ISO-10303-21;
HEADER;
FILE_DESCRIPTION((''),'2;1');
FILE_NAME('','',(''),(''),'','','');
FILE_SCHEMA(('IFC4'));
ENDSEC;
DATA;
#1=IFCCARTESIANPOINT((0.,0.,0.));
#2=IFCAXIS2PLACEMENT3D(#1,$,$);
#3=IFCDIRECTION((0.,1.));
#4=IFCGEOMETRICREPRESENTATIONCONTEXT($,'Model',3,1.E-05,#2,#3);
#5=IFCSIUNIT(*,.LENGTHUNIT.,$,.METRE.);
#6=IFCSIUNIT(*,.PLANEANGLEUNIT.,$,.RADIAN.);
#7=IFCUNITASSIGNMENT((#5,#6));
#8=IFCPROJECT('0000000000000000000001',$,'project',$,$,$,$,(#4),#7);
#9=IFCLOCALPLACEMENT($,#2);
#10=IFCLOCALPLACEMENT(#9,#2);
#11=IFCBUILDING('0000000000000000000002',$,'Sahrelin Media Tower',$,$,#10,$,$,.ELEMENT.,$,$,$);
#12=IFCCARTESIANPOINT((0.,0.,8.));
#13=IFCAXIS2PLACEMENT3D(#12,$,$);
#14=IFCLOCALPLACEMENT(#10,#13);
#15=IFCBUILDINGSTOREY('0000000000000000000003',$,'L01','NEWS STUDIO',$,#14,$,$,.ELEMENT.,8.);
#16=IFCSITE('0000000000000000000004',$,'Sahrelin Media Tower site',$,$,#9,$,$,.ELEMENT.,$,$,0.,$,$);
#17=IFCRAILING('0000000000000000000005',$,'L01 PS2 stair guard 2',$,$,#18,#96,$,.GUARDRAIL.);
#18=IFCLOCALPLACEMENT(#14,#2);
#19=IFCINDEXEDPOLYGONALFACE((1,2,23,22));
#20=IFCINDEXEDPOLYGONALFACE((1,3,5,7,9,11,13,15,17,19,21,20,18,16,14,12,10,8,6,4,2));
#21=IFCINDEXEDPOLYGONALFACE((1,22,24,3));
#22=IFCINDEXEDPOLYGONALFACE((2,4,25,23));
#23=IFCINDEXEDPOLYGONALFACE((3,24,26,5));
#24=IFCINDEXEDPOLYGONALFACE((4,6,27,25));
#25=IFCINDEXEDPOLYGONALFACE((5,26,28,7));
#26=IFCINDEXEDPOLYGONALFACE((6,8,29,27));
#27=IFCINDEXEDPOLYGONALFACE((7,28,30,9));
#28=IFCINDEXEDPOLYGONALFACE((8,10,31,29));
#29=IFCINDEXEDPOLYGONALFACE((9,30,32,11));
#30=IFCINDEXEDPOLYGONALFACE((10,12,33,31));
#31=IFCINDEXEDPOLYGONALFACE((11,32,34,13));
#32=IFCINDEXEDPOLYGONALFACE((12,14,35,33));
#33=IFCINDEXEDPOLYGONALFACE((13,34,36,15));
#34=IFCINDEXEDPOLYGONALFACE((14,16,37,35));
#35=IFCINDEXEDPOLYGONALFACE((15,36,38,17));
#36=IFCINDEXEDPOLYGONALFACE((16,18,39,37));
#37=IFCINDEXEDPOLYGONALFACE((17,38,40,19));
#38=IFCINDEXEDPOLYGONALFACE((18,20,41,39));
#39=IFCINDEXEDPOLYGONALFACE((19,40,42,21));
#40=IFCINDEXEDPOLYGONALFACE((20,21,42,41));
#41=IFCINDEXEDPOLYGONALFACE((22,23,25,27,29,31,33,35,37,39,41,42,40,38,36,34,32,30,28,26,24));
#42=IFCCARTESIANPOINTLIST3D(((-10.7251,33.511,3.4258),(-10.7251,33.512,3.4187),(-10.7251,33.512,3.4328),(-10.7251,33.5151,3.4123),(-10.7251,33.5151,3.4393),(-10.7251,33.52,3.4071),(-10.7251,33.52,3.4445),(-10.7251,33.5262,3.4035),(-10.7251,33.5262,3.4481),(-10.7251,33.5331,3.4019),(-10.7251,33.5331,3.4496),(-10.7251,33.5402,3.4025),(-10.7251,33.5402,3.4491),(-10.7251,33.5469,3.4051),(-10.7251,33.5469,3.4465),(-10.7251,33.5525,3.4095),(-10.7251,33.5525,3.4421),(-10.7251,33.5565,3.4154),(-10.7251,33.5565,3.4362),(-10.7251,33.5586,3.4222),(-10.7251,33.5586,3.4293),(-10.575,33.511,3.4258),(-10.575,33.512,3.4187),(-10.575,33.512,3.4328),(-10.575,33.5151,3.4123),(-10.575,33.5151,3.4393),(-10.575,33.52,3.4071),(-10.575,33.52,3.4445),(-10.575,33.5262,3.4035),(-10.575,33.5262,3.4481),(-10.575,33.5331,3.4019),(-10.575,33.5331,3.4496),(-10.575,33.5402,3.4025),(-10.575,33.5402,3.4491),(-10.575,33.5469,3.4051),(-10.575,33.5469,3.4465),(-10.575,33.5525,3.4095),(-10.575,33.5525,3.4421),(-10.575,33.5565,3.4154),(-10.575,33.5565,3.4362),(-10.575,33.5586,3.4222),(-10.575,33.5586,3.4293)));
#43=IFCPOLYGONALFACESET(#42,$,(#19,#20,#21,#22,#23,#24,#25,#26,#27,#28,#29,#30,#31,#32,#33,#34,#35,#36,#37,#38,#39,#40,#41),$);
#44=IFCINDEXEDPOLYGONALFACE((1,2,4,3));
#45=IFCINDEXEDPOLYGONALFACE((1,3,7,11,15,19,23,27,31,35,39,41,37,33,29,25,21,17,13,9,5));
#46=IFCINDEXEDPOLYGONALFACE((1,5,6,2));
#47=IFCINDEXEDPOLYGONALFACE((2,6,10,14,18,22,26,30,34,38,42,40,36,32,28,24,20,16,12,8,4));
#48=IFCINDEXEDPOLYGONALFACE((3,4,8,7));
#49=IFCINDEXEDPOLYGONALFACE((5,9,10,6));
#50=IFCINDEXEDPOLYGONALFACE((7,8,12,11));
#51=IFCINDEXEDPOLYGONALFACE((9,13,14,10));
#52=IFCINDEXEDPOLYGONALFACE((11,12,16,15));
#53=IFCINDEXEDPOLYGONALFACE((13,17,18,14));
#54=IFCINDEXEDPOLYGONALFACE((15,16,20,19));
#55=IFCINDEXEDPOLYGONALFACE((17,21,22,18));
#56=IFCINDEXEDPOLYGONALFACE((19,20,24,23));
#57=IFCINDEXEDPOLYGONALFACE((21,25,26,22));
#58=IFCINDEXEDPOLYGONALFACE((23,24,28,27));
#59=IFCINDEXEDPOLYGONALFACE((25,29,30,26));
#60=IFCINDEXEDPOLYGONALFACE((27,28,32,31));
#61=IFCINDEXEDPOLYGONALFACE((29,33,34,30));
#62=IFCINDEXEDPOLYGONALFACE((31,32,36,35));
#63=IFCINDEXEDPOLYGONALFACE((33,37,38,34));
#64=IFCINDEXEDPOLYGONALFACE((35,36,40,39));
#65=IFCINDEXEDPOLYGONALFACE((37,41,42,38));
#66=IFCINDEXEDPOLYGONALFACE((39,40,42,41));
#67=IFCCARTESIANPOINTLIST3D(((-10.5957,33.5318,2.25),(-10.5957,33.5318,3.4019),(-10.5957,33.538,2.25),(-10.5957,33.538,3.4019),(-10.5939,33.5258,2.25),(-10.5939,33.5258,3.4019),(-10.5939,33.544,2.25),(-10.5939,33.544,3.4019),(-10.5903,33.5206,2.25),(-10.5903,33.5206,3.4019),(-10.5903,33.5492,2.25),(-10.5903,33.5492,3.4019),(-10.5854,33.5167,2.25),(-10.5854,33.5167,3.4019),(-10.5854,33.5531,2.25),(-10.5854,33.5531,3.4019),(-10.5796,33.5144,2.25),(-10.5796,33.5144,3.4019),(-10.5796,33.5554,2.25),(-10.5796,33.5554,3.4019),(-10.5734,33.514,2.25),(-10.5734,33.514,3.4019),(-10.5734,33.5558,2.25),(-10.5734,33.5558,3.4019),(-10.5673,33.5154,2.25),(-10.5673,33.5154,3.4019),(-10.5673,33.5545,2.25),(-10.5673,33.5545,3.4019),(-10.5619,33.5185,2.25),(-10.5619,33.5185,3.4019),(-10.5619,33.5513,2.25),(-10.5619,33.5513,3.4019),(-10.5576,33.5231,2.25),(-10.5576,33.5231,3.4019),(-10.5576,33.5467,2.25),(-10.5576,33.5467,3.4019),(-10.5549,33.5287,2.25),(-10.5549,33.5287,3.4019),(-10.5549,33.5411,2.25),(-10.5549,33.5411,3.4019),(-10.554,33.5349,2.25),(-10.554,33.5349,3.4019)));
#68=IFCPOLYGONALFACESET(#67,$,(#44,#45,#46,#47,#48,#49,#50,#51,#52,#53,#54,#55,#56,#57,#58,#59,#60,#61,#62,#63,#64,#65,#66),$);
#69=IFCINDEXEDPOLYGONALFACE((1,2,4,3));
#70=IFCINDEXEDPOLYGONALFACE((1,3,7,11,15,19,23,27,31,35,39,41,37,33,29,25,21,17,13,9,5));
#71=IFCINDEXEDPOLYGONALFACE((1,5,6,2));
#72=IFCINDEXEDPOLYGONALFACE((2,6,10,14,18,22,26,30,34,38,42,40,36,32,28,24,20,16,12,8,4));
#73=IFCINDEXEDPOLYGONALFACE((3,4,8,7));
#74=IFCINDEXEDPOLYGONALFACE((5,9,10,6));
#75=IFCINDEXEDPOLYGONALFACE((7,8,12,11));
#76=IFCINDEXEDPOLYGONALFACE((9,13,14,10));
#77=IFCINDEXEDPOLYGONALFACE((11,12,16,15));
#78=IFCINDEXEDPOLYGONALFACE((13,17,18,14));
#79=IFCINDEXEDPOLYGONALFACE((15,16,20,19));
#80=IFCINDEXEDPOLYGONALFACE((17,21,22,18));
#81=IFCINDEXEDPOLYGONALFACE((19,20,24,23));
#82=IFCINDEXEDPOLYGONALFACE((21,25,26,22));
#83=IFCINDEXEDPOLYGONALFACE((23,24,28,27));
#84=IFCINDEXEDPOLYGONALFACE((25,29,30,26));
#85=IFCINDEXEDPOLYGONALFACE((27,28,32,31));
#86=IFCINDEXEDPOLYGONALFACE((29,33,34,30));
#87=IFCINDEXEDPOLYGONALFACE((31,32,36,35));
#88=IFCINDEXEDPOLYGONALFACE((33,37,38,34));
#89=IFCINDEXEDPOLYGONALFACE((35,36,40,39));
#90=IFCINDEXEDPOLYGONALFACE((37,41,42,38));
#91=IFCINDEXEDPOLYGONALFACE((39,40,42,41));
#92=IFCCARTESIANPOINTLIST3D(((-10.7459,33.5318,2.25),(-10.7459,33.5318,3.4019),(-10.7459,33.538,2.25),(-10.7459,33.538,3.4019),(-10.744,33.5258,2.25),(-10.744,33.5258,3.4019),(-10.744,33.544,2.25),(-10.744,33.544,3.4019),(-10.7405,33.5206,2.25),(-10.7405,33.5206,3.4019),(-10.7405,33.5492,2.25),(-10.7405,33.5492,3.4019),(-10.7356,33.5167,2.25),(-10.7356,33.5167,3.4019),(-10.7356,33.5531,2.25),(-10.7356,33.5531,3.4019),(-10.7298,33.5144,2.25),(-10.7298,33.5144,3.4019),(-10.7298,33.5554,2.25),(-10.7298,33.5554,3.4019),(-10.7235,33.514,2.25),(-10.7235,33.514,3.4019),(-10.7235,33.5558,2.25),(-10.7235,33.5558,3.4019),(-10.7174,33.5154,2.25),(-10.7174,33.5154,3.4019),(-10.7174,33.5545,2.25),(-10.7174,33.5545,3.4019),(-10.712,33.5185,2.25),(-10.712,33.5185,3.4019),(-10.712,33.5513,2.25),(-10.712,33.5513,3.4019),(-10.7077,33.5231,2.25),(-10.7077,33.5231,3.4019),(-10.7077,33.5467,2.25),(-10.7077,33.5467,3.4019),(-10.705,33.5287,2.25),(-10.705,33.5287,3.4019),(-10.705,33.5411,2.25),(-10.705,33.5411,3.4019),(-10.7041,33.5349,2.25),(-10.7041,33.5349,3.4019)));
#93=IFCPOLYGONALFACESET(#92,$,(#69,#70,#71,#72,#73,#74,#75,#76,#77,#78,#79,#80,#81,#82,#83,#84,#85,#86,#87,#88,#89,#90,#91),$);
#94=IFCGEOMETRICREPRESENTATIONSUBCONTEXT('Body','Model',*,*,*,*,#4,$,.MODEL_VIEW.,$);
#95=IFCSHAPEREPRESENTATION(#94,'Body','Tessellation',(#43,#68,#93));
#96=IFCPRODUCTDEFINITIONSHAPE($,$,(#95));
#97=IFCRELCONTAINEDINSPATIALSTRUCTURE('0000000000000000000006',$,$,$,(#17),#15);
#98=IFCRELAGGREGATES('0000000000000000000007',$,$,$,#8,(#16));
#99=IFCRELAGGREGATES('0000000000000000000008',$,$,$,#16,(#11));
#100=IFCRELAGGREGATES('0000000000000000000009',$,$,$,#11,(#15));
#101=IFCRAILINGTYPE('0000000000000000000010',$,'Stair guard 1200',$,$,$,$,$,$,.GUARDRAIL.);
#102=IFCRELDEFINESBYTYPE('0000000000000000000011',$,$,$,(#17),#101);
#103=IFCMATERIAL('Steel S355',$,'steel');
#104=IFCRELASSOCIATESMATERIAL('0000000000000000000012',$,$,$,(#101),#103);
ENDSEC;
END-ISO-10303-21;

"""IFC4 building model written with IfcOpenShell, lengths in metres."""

from ifc_helpers import new_model, si_unit, direction, frame, origin, origin_2d, place, context, subcontext, project, spatial, circle, extrude, material, type_object, element, save


model = new_model("IFC4")

# Units and contexts
model_context = context("Model", 3, precision=1e-05, world=origin(), true_north=direction((0.0, 1.0)))
body_context = subcontext(model_context, "Body", "Model", "MODEL_VIEW")
ifc_project = project(units=[si_unit("LENGTHUNIT", "METRE"), si_unit("PLANEANGLEUNIT", "RADIAN")], contexts=[model_context])

# Site, building, storey
site_placement = place(None, origin())
site = spatial("IfcSite", under=ifc_project, at=site_placement, Name="Sahrelin Media Tower site", CompositionType="ELEMENT", RefElevation=0.0)
building_placement = place(site_placement, origin())
building = spatial("IfcBuilding", under=site, at=building_placement, Name="Sahrelin Media Tower", CompositionType="ELEMENT")
storey_placement = place(building_placement, frame((0.0, 0.0, 8.0)))
storey = spatial("IfcBuildingStorey", under=building, at=storey_placement, Name="L01", Description="NEWS STUDIO", CompositionType="ELEMENT", Elevation=8.0)

# Shared definitions
ifc_material_1 = material(Name="Steel S355", Category="steel")

# Railing
railing_type_1 = type_object("IfcRailingType", Name="Stair guard 1200", PredefinedType="GUARDRAIL", material=ifc_material_1)
railing_1_placement = place(storey_placement, frame((-10.575, 33.5349, 2.25)))
element("IfcRailing", 1, at=railing_1_placement, inside=storey, type_object=railing_type_1, Name="L01 PS2 stair guard 2", PredefinedType="GUARDRAIL", context=body_context, shape_type="SweptSolid", body=[
    extrude(circle(Radius=0.0239, at=origin_2d()), frame((0.0, 0.0, 1.1758), z_axis=(-1.0, 0.0, 0.0), x_axis=(0.0, -1.0, 0.0)), (0.0, 0.0, 1.0), 0.1501),
    extrude(circle(Radius=0.021, at=origin_2d()), origin(), (0.0, 0.0, 1.0), 1.1519),
    extrude(circle(Radius=0.021, at=origin_2d()), frame((-0.1501, 0.0, 0.0)), (0.0, 0.0, 1.0), 1.1519),
])

save(model, "model.ifc")
